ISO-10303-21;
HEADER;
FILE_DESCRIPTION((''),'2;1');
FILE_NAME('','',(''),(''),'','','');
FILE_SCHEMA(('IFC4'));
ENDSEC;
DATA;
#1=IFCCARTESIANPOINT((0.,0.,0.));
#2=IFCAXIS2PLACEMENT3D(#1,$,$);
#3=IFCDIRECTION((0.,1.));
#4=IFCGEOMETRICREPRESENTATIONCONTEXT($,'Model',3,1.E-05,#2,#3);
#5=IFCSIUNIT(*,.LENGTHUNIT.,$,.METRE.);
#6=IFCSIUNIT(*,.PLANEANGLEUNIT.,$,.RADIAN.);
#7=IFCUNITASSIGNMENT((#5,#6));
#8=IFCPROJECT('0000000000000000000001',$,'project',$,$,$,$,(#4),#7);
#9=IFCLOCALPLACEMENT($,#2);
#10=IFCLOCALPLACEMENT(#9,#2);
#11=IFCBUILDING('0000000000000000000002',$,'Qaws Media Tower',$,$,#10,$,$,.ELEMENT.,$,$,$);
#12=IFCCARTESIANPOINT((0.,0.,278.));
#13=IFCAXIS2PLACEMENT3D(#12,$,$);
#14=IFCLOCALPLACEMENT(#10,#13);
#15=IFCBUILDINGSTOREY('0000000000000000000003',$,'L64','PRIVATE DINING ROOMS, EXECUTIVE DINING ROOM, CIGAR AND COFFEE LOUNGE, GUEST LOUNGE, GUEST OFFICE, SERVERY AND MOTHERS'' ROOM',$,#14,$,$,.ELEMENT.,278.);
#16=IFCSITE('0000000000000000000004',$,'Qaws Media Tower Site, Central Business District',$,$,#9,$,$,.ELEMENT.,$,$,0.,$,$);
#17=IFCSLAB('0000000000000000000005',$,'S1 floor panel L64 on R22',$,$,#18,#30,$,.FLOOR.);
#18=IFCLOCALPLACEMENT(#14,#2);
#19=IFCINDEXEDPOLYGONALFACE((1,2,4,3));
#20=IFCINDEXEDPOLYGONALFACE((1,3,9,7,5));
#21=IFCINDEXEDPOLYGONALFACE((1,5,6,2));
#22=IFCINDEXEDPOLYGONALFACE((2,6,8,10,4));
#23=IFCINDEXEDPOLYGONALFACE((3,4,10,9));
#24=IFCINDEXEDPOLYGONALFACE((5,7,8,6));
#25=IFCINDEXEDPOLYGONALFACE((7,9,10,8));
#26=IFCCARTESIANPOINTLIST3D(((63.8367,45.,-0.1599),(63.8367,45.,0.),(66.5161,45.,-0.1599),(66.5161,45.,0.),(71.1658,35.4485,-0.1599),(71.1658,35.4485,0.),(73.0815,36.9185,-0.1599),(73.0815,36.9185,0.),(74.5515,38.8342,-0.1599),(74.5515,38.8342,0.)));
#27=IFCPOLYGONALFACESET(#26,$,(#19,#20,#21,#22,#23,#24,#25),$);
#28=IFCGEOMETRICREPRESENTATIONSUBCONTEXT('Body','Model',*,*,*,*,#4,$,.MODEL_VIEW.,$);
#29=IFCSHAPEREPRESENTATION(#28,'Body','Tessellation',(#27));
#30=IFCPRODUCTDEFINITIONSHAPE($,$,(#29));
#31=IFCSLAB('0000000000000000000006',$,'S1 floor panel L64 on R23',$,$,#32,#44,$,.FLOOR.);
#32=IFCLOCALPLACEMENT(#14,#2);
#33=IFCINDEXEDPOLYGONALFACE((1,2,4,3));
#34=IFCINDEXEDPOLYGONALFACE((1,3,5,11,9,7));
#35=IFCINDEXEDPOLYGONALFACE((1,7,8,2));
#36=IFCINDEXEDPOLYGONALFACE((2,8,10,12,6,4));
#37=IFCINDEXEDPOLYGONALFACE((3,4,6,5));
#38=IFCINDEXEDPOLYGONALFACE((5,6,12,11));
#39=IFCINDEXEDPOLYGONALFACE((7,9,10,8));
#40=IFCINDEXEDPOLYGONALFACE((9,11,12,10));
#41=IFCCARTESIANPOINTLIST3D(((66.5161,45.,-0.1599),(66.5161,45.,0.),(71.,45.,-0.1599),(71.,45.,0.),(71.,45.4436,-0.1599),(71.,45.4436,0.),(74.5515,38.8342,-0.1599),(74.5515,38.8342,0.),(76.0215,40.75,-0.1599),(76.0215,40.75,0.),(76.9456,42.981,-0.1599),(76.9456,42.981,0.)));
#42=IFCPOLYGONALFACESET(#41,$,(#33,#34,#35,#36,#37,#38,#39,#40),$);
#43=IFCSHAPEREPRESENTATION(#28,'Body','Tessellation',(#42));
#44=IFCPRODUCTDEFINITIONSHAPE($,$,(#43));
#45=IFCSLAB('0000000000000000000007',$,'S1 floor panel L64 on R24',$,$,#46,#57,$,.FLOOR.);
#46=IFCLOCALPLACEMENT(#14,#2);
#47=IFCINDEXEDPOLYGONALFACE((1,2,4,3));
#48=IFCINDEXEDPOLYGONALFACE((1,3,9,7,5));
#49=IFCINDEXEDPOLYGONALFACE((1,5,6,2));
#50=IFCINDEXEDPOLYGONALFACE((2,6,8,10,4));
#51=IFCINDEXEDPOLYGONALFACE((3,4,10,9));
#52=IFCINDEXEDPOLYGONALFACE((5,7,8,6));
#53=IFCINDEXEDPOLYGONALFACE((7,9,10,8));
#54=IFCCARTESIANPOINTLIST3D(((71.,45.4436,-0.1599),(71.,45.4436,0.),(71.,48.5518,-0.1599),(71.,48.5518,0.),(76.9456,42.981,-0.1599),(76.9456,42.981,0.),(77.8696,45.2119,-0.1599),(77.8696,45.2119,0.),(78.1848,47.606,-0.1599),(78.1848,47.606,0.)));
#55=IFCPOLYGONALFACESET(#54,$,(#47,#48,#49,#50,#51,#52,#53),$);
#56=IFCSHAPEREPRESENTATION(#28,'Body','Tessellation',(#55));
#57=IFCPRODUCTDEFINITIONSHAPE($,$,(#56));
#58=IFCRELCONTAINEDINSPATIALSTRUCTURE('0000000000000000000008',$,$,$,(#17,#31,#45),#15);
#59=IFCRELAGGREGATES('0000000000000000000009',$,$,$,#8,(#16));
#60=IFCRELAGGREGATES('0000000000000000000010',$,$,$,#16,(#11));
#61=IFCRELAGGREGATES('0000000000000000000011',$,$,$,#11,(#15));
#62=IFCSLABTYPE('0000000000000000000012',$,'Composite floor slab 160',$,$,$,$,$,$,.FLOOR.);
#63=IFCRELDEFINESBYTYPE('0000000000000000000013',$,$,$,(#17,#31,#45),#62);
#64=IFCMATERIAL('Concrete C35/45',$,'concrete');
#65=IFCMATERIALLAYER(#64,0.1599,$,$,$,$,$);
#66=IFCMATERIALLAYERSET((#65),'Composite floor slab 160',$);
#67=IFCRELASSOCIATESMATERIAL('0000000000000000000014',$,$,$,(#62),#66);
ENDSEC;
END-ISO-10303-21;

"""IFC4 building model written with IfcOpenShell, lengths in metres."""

from ifc_helpers import new_model, si_unit, direction, frame, origin, place, context, subcontext, project, spatial, polyline, outline, extrude, material, layer, layer_set, type_object, element, save


model = new_model("IFC4")

# Units and contexts
model_context = context("Model", 3, precision=1e-05, world=origin(), true_north=direction((0.0, 1.0)))
body_context = subcontext(model_context, "Body", "Model", "MODEL_VIEW")
ifc_project = project(units=[si_unit("LENGTHUNIT", "METRE"), si_unit("PLANEANGLEUNIT", "RADIAN")], contexts=[model_context])

# Site, building, storey
site_placement = place(None, origin())
site = spatial("IfcSite", under=ifc_project, at=site_placement, Name="Qaws Media Tower Site, Central Business District", CompositionType="ELEMENT", RefElevation=0.0)
building_placement = place(site_placement, origin())
building = spatial("IfcBuilding", under=site, at=building_placement, Name="Qaws Media Tower", CompositionType="ELEMENT")
storey_placement = place(building_placement, frame((0.0, 0.0, 278.0)))
storey = spatial("IfcBuildingStorey", under=building, at=storey_placement, Name="L64", Description="PRIVATE DINING ROOMS, EXECUTIVE DINING ROOM, CIGAR AND COFFEE LOUNGE, GUEST LOUNGE, GUEST OFFICE, SERVERY AND MOTHERS' ROOM", CompositionType="ELEMENT", Elevation=278.0)

# Slabs
ifc_material_1 = material(Name="Concrete C35/45", Category="concrete")
ifc_layer_1 = layer(ifc_material_1, 0.1599)
ifc_layer_set_1 = layer_set([ifc_layer_1], Name="Composite floor slab 160")
slab_type_1 = type_object("IfcSlabType", Name="Composite floor slab 160", PredefinedType="FLOOR", material=ifc_layer_set_1)
slab_1_placement = place(storey_placement, frame((0.0, 0.0, -0.1599)))
element("IfcSlab", 1, at=slab_1_placement, inside=storey, type_object=slab_type_1, Name="S1 floor panel L64 on R22", PredefinedType="FLOOR", context=body_context, shape_type="SweptSolid", body=[
    extrude(outline(polyline([(73.0815, 36.9185), (71.1658, 35.4485), (63.8367, 45.0), (66.5161, 45.0), (74.5515, 38.8342), (73.0815, 36.9185)])), origin(), (0.0, 0.0, 1.0), 0.1599),
])
slab_2_placement = place(storey_placement, frame((0.0, 0.0, -0.1599)))
element("IfcSlab", 2, at=slab_2_placement, inside=storey, type_object=slab_type_1, Name="S1 floor panel L64 on R23", PredefinedType="FLOOR", context=body_context, shape_type="SweptSolid", body=[
    extrude(outline(polyline([(76.0215, 40.75), (74.5515, 38.8342), (66.5161, 45.0), (71.0, 45.0), (71.0, 45.4436), (76.9456, 42.981), (76.0215, 40.75)])), origin(), (0.0, 0.0, 1.0), 0.1599),
])
slab_3_placement = place(storey_placement, frame((0.0, 0.0, -0.1599)))
element("IfcSlab", 3, at=slab_3_placement, inside=storey, type_object=slab_type_1, Name="S1 floor panel L64 on R24", PredefinedType="FLOOR", context=body_context, shape_type="SweptSolid", body=[
    extrude(outline(polyline([(76.9456, 42.981), (71.0, 45.4436), (71.0, 48.5518), (78.1848, 47.606), (77.8696, 45.2119), (76.9456, 42.981)])), origin(), (0.0, 0.0, 1.0), 0.1599),
])

save(model, "model.ifc")
